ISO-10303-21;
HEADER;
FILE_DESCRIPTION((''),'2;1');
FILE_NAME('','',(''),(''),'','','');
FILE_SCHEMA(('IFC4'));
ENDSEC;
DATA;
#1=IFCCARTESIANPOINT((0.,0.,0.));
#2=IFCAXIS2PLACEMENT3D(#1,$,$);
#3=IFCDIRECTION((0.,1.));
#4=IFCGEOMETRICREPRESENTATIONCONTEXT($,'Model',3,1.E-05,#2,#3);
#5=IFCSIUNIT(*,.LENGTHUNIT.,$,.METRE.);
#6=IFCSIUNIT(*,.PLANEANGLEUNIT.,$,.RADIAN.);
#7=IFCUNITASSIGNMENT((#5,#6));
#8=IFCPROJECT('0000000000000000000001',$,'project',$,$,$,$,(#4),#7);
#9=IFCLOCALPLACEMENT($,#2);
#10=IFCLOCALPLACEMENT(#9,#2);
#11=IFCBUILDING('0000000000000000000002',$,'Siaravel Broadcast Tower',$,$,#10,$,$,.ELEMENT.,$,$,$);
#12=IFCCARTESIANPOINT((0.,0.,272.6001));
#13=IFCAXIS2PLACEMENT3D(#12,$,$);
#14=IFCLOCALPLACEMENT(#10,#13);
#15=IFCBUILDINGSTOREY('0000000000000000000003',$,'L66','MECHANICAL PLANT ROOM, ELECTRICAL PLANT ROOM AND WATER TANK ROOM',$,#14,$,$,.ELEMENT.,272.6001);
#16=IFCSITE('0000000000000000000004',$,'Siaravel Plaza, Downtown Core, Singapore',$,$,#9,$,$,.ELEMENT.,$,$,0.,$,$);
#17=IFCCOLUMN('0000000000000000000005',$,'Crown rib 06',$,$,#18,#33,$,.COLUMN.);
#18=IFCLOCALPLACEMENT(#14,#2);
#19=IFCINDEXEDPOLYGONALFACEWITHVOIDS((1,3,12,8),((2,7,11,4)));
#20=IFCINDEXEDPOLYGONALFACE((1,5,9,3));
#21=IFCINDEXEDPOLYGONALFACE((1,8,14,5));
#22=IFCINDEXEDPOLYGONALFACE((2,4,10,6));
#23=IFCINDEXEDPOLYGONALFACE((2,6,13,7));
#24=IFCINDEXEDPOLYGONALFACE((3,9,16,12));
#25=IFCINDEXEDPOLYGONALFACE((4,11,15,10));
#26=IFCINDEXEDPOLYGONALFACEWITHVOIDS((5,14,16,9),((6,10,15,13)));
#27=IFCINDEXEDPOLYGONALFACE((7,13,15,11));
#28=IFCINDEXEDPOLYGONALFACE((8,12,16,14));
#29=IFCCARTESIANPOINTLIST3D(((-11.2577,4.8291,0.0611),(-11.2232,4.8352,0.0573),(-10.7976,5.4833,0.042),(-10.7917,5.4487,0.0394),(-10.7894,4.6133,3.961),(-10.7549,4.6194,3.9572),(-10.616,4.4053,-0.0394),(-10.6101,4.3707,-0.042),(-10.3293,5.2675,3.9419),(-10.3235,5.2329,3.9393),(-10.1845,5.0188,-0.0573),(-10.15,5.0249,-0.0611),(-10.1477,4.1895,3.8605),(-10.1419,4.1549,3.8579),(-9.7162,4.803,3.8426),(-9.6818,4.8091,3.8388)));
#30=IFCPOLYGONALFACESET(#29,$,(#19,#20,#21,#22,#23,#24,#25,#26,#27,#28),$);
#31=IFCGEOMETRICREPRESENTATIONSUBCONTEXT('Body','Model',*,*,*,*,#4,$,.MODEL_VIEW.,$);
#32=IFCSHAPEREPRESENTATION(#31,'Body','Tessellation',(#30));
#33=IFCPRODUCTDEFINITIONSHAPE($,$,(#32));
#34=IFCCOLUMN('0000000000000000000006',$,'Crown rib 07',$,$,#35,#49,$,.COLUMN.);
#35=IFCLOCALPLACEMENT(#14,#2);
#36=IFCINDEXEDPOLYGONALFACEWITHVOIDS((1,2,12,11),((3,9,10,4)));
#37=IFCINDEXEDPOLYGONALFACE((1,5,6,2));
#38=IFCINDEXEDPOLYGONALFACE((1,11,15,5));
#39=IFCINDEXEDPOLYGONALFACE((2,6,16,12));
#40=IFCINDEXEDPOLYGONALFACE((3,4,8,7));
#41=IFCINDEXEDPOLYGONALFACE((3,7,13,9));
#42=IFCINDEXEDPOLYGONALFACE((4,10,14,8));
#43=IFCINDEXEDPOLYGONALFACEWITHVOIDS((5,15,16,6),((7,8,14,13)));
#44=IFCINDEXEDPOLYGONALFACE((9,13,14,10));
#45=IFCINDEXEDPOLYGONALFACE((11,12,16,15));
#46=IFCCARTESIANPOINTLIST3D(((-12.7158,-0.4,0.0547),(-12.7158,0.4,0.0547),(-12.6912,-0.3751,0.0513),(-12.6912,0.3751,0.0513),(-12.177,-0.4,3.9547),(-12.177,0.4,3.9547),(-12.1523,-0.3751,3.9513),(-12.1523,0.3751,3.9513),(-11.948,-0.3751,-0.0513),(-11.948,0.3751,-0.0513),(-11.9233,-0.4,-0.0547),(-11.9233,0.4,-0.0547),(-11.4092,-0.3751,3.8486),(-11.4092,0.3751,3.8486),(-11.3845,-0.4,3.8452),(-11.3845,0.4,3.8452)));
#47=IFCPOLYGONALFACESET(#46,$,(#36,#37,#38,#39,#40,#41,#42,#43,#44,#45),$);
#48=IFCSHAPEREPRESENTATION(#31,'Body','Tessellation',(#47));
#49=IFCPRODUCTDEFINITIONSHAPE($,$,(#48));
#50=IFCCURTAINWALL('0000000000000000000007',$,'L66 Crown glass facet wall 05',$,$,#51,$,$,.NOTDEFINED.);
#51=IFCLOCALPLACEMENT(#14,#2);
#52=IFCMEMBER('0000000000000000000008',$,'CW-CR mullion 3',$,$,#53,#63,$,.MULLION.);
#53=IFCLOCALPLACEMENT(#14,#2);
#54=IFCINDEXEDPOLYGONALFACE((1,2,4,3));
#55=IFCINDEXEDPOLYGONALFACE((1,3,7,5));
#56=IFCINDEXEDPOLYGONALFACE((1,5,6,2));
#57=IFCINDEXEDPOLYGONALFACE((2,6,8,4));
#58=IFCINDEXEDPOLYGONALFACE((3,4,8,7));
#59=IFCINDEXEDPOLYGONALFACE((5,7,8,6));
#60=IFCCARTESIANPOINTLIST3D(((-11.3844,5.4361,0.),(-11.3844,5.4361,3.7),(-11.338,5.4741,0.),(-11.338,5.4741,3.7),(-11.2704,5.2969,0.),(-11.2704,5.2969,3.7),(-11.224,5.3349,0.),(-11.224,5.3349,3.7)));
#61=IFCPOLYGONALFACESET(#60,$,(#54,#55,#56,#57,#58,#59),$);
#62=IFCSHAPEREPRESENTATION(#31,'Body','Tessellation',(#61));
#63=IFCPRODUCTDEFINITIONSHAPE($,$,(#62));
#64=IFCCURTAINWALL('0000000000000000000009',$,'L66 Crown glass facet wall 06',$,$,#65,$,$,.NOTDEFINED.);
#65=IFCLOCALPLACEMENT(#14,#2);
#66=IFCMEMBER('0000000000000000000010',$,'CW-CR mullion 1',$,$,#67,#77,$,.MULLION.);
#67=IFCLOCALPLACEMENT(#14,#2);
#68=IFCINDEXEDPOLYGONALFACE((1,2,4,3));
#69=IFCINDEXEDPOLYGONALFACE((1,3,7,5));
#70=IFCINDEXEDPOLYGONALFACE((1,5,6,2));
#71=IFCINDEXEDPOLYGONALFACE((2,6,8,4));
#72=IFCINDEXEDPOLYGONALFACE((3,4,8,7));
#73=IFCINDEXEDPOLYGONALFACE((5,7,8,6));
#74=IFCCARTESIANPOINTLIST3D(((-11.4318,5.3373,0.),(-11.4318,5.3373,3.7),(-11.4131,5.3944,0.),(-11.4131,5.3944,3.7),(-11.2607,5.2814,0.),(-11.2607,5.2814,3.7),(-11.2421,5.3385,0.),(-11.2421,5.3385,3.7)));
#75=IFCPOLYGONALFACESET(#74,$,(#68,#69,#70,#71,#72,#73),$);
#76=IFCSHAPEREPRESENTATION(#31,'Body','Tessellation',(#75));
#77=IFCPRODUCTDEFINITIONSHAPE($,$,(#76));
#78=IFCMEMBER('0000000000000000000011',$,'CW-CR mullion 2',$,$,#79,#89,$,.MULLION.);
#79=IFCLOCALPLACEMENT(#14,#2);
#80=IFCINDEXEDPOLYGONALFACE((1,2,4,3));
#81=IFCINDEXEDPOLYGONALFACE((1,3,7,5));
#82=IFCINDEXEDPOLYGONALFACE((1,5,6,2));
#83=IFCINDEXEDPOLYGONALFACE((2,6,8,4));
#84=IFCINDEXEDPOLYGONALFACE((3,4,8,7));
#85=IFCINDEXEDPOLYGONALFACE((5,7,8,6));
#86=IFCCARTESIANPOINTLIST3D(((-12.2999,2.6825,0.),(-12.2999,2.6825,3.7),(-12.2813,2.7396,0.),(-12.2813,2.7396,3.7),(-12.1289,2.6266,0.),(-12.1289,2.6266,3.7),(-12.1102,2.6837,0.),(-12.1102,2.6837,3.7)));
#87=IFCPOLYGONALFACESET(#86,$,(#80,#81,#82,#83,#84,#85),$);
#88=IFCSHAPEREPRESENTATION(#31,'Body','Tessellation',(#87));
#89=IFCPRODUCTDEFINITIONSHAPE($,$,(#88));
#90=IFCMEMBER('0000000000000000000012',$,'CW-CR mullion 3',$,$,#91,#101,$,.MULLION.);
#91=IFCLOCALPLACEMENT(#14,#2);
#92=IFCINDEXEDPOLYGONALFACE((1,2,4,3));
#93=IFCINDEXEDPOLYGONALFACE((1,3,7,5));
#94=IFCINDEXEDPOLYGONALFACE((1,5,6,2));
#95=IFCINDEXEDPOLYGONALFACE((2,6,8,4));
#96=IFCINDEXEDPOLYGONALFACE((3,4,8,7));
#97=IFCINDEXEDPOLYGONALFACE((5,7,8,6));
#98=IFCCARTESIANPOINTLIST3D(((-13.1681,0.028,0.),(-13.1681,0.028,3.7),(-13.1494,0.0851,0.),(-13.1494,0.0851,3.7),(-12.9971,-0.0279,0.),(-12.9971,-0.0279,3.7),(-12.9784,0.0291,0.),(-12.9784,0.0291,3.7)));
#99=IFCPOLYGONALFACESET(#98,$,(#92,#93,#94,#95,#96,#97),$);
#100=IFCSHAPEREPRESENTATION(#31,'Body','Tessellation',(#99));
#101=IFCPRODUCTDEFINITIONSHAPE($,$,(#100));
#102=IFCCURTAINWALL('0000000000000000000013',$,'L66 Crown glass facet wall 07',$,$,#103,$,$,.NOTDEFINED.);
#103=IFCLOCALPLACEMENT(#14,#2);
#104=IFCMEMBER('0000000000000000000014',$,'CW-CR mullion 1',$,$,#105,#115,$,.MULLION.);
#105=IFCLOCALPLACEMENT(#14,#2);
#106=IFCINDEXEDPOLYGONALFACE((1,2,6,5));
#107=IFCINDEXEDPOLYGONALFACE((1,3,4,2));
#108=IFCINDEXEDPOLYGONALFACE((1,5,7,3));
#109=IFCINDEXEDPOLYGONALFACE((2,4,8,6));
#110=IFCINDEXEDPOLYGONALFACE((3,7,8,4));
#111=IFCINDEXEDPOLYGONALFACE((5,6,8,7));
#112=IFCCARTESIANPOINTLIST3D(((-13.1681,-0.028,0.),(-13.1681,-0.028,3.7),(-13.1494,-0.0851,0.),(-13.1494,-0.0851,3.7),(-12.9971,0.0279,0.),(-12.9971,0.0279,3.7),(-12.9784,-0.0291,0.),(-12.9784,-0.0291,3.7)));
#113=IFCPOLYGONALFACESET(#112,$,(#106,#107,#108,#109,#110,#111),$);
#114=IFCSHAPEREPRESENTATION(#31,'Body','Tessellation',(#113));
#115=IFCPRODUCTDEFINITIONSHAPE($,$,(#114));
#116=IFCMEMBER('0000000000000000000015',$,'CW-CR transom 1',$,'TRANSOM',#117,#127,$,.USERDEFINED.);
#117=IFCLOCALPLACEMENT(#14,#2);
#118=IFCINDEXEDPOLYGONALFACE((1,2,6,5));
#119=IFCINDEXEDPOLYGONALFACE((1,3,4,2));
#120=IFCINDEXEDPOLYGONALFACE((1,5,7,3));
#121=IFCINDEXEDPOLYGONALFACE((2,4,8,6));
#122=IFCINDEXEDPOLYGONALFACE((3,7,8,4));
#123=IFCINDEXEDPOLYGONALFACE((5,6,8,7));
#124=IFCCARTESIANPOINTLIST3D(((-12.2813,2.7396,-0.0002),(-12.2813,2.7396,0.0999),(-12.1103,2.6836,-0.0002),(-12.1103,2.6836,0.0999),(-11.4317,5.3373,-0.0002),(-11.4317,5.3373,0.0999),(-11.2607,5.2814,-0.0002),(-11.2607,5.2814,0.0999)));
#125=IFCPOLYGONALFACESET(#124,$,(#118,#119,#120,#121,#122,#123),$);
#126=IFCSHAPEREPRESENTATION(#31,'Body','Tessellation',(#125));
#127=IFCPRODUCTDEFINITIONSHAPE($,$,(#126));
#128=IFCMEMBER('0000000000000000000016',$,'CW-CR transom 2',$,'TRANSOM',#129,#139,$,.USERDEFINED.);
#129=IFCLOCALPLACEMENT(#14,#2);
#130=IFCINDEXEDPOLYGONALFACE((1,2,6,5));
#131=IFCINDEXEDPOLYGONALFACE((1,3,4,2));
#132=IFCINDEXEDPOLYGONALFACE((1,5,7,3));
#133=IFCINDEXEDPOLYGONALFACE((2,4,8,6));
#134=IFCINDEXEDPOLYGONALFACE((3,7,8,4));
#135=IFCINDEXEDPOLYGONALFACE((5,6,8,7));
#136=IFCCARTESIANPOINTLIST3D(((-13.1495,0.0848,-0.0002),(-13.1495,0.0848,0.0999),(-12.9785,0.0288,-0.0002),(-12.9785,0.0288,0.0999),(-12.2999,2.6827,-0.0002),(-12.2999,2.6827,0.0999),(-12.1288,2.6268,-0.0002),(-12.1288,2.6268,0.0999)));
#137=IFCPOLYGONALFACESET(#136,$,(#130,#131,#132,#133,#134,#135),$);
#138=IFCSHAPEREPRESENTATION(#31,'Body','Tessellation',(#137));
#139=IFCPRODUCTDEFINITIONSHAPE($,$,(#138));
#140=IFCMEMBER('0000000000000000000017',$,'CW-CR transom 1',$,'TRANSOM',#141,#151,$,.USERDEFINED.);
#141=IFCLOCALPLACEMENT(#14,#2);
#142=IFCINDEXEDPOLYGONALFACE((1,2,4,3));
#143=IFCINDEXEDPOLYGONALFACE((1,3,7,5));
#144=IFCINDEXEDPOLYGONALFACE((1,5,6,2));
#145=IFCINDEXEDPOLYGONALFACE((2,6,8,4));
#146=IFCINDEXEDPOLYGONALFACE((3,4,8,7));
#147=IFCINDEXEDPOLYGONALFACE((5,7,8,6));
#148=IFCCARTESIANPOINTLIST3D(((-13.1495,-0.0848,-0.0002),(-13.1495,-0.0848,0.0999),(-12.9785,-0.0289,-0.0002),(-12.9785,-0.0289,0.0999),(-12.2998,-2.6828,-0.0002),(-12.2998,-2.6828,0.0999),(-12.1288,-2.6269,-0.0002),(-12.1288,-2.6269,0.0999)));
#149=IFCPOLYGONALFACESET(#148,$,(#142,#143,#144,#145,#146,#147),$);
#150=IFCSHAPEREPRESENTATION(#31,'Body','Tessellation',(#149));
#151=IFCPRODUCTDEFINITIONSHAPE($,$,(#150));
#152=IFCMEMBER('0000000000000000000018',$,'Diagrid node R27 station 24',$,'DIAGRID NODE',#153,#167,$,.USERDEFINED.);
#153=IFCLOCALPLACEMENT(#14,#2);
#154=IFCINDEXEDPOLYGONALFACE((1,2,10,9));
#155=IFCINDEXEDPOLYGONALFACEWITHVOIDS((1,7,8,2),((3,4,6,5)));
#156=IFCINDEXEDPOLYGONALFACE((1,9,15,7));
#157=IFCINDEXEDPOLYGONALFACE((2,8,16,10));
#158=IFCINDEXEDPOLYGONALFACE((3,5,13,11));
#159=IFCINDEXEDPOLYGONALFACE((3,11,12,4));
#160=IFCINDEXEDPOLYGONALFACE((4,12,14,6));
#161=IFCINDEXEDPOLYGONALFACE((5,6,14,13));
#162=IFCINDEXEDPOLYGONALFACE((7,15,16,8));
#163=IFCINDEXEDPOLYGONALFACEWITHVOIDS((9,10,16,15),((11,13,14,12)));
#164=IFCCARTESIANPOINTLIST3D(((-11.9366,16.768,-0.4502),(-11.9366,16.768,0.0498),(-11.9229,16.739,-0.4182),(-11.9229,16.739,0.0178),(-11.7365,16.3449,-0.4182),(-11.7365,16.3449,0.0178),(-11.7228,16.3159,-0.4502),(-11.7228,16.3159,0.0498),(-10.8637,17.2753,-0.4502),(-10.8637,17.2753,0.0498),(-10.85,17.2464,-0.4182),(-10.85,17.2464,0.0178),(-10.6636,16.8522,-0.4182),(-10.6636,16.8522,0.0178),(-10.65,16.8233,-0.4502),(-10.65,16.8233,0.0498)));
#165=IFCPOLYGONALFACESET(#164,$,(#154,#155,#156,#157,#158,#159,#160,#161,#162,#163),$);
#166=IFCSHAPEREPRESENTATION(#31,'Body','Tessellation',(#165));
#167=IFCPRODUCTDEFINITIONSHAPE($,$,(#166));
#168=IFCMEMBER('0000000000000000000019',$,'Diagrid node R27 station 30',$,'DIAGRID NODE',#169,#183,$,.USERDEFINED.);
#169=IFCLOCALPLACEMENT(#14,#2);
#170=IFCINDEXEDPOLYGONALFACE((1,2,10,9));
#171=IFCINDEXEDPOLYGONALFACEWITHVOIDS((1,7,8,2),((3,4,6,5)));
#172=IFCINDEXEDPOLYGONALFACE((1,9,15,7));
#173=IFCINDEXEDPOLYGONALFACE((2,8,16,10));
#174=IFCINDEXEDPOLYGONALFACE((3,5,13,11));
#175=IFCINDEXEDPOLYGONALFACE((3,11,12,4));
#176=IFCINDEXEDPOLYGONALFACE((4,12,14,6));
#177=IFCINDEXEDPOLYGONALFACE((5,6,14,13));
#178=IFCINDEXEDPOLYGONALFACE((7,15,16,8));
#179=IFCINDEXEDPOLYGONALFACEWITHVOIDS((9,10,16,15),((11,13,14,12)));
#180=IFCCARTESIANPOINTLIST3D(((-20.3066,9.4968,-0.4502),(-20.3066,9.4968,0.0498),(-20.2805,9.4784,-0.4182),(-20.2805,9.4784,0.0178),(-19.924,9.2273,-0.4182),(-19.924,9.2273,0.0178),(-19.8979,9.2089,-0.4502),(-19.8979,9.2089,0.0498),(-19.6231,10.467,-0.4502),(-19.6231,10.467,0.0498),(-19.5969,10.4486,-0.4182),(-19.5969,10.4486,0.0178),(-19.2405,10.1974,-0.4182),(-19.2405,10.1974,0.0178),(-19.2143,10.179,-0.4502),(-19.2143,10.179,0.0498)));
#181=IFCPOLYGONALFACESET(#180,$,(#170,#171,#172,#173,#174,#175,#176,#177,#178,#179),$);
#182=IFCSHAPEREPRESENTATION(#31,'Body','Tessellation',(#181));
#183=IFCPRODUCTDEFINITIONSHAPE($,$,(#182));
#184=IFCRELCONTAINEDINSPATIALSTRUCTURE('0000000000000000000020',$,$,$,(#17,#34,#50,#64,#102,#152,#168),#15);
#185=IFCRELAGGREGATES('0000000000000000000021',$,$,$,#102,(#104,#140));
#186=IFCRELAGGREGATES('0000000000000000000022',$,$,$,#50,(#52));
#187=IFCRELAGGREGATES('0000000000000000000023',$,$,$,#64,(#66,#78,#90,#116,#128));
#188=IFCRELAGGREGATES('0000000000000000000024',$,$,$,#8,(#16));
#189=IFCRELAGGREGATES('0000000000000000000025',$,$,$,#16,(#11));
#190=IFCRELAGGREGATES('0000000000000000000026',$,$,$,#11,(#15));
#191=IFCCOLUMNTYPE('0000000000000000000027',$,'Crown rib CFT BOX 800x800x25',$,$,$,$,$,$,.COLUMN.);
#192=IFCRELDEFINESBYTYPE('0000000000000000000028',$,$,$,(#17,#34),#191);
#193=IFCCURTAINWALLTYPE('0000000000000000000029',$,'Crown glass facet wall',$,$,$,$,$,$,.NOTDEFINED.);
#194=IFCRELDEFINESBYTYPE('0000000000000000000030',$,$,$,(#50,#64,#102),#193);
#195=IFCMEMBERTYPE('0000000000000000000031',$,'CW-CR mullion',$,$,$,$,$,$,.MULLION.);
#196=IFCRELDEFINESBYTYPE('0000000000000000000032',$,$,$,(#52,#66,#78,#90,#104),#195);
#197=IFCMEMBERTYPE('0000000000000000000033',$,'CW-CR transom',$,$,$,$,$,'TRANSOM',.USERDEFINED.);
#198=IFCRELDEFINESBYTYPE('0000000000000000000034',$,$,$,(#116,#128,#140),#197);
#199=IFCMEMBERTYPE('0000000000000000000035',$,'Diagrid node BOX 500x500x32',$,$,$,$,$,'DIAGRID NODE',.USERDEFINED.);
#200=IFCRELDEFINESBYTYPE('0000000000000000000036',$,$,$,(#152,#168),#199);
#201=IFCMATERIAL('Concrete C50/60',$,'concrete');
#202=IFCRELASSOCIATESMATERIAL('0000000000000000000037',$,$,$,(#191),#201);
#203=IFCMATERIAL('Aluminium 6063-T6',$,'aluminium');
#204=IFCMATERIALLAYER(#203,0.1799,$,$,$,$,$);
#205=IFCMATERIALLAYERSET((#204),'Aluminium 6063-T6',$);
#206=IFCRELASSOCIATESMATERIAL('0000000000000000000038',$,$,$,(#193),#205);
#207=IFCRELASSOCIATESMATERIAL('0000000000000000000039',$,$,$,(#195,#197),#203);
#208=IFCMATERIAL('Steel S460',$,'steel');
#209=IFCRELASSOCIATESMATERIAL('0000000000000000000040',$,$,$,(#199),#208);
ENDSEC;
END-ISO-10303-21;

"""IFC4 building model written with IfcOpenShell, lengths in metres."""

from ifc_helpers import new_model, si_unit, direction, frame, origin, origin_2d, place, context, subcontext, project, spatial, rectangle, hollow_rectangle, extrude, material, layer, layer_set, material_profile, profile_set, type_object, element, aggregate, save


model = new_model("IFC4")

# Units and contexts
model_context = context("Model", 3, precision=1e-05, world=origin(), true_north=direction((0.0, 1.0)))
body_context = subcontext(model_context, "Body", "Model", "MODEL_VIEW")
ifc_project = project(units=[si_unit("LENGTHUNIT", "METRE"), si_unit("PLANEANGLEUNIT", "RADIAN")], contexts=[model_context])

# Site, building, storey
site_placement = place(None, origin())
site = spatial("IfcSite", under=ifc_project, at=site_placement, Name="Siaravel Plaza, Downtown Core, Singapore", CompositionType="ELEMENT", RefElevation=0.0)
building_placement = place(site_placement, origin())
building = spatial("IfcBuilding", under=site, at=building_placement, Name="Siaravel Broadcast Tower", CompositionType="ELEMENT")
storey_placement = place(building_placement, frame((0.0, 0.0, 272.6001)))
storey = spatial("IfcBuildingStorey", under=building, at=storey_placement, Name="L66", Description="MECHANICAL PLANT ROOM, ELECTRICAL PLANT ROOM AND WATER TANK ROOM", CompositionType="ELEMENT", Elevation=272.6001)

# Columns
ifc_material_1 = material(Name="Concrete C50/60", Category="concrete")
ifc_material_profile_1 = material_profile(ifc_material_1, hollow_rectangle(XDim=0.8, YDim=0.8, WallThickness=0.0249, at=origin_2d()))
ifc_profile_set_1 = profile_set([ifc_material_profile_1], Name="Concrete C50/60")
column_type = type_object("IfcColumnType", Name="Crown rib CFT BOX 800x800x25", PredefinedType="COLUMN", material=ifc_profile_set_1)
column_1_placement = place(storey_placement, frame((-10.7039, 4.927, 0.0), z_axis=(0.119034, -0.054863, 0.991373), x_axis=(0.575107, 0.817732, -0.0238)))
element("IfcColumn", 1, at=column_1_placement, inside=storey, type_object=column_type, Name="Crown rib 06", PredefinedType="COLUMN", context=body_context, shape_type="SweptSolid", body=[
    extrude(hollow_rectangle(XDim=0.8, YDim=0.8, WallThickness=0.0249, at=origin_2d()), origin(), (0.0, 0.0, 1.0), 3.9338),
])
column_2_placement = place(storey_placement, frame((-12.3196, 0.0, 0.0), z_axis=(0.136862, 0.0, 0.99059), x_axis=(0.0, 1.0, 0.0)))
element("IfcColumn", 2, at=column_2_placement, inside=storey, type_object=column_type, Name="Crown rib 07", PredefinedType="COLUMN", context=body_context, shape_type="SweptSolid", body=[
    extrude(hollow_rectangle(XDim=0.8, YDim=0.8, WallThickness=0.0249, at=origin_2d()), origin(), (0.0, 0.0, 1.0), 3.937),
])

# Curtain wall, member
ifc_material_2 = material(Name="Aluminium 6063-T6", Category="aluminium")
ifc_layer_1 = layer(ifc_material_2, 0.1799)
ifc_layer_set_1 = layer_set([ifc_layer_1], Name="Aluminium 6063-T6")
curtain_wall_type = type_object("IfcCurtainWallType", Name="Crown glass facet wall", PredefinedType="NOTDEFINED", material=ifc_layer_set_1)
curtain_wall_1_placement = place(storey_placement, origin())
curtain_wall_1 = element("IfcCurtainWall", 3, at=curtain_wall_1_placement, inside=storey, type_object=curtain_wall_type, Name="L66 Crown glass facet wall 05", PredefinedType="NOTDEFINED")
ifc_material_profile_2 = material_profile(ifc_material_2, rectangle(XDim=0.1799, YDim=0.0601, at=origin_2d()))
ifc_profile_set_2 = profile_set([ifc_material_profile_2], Name="Aluminium 6063-T6")
member_type_1 = type_object("IfcMemberType", Name="CW-CR mullion", PredefinedType="MULLION", material=ifc_profile_set_2)
member_1_placement = place(storey_placement, frame((-11.3042, 5.3855, 0.0), z_axis=(0.0, 0.0, 1.0), x_axis=(0.633712, -0.773569, 0.0)))
member_1 = element("IfcMember", 4, at=member_1_placement, type_object=member_type_1, Name="CW-CR mullion 3", PredefinedType="MULLION", context=body_context, shape_type="SweptSolid", body=[
    extrude(rectangle(XDim=0.1799, YDim=0.0601, at=origin_2d()), origin(), (0.0, 0.0, 1.0), 3.7),
])

# Curtain wall, members
curtain_wall_2_placement = place(storey_placement, origin())
curtain_wall_2 = element("IfcCurtainWall", 5, at=curtain_wall_2_placement, inside=storey, type_object=curtain_wall_type, Name="L66 Crown glass facet wall 06", PredefinedType="NOTDEFINED")
member_2_placement = place(storey_placement, frame((-11.3369, 5.3379, 0.0), z_axis=(0.0, 0.0, 1.0), x_axis=(0.950455, -0.310862, 0.0)))
member_2 = element("IfcMember", 6, at=member_2_placement, type_object=member_type_1, Name="CW-CR mullion 1", PredefinedType="MULLION", context=body_context, shape_type="SweptSolid", body=[
    extrude(rectangle(XDim=0.1799, YDim=0.0601, at=origin_2d()), origin(), (0.0, 0.0, 1.0), 3.7),
])
member_3_placement = place(storey_placement, frame((-12.2051, 2.6831, 0.0), z_axis=(0.0, 0.0, 1.0), x_axis=(0.950455, -0.310862, 0.0)))
member_3 = element("IfcMember", 7, at=member_3_placement, type_object=member_type_1, Name="CW-CR mullion 2", PredefinedType="MULLION", context=body_context, shape_type="SweptSolid", body=[
    extrude(rectangle(XDim=0.1799, YDim=0.0601, at=origin_2d()), origin(), (0.0, 0.0, 1.0), 3.7),
])
member_4_placement = place(storey_placement, frame((-13.0732, 0.0286, 0.0), z_axis=(0.0, 0.0, 1.0), x_axis=(0.950455, -0.310862, 0.0)))
member_4 = element("IfcMember", 8, at=member_4_placement, type_object=member_type_1, Name="CW-CR mullion 3", PredefinedType="MULLION", context=body_context, shape_type="SweptSolid", body=[
    extrude(rectangle(XDim=0.1799, YDim=0.0601, at=origin_2d()), origin(), (0.0, 0.0, 1.0), 3.7),
])

# Curtain wall, member
curtain_wall_3_placement = place(storey_placement, origin())
curtain_wall_3 = element("IfcCurtainWall", 9, at=curtain_wall_3_placement, inside=storey, type_object=curtain_wall_type, Name="L66 Crown glass facet wall 07", PredefinedType="NOTDEFINED")
member_5_placement = place(storey_placement, frame((-13.0732, -0.0286, 0.0), z_axis=(0.0, 0.0, 1.0), x_axis=(0.950455, 0.310862, 0.0)))
member_5 = element("IfcMember", 10, at=member_5_placement, type_object=member_type_1, Name="CW-CR mullion 1", PredefinedType="MULLION", context=body_context, shape_type="SweptSolid", body=[
    extrude(rectangle(XDim=0.1799, YDim=0.0601, at=origin_2d()), origin(), (0.0, 0.0, 1.0), 3.7),
])

# Members
ifc_material_profile_3 = material_profile(ifc_material_2, rectangle(XDim=0.1799, YDim=0.1001, at=origin_2d()))
ifc_profile_set_3 = profile_set([ifc_material_profile_3], Name="Aluminium 6063-T6")
member_type_2 = type_object("IfcMemberType", Name="CW-CR transom", ElementType="TRANSOM", PredefinedType="USERDEFINED", material=ifc_profile_set_3)
member_6_placement = place(storey_placement, frame((-11.3462, 5.3093, 0.0498), z_axis=(-0.310863, -0.950455, 0.0), x_axis=(0.950455, -0.310863, 0.0)))
member_6 = element("IfcMember", 11, at=member_6_placement, type_object=member_type_2, Name="CW-CR transom 1", ObjectType="TRANSOM", PredefinedType="USERDEFINED", context=body_context, shape_type="SweptSolid", body=[
    extrude(rectangle(XDim=0.1799, YDim=0.1001, at=origin_2d()), origin(), (0.0, 0.0, 1.0), 2.7332),
])
member_7_placement = place(storey_placement, frame((-12.2144, 2.6548, 0.0498), z_axis=(-0.310837, -0.950463, 0.0), x_axis=(0.950463, -0.310837, 0.0)))
member_7 = element("IfcMember", 12, at=member_7_placement, type_object=member_type_2, Name="CW-CR transom 2", ObjectType="TRANSOM", PredefinedType="USERDEFINED", context=body_context, shape_type="SweptSolid", body=[
    extrude(rectangle(XDim=0.1799, YDim=0.1001, at=origin_2d()), origin(), (0.0, 0.0, 1.0), 2.7334),
])
member_8_placement = place(storey_placement, frame((-13.064, -0.0569, 0.0498), z_axis=(0.310837, -0.950463, 0.0), x_axis=(0.950463, 0.310837, 0.0)))
member_8 = element("IfcMember", 13, at=member_8_placement, type_object=member_type_2, Name="CW-CR transom 1", ObjectType="TRANSOM", PredefinedType="USERDEFINED", context=body_context, shape_type="SweptSolid", body=[
    extrude(rectangle(XDim=0.1799, YDim=0.1001, at=origin_2d()), origin(), (0.0, 0.0, 1.0), 2.7334),
])
aggregate(curtain_wall_3, [member_5, member_8])

# Members
ifc_material_3 = material(Name="Steel S460", Category="steel")
ifc_material_profile_4 = material_profile(ifc_material_3, hollow_rectangle(XDim=0.5, YDim=0.5, WallThickness=0.032, at=origin_2d()))
ifc_profile_set_4 = profile_set([ifc_material_profile_4], Name="Steel S460")
member_type_3 = type_object("IfcMemberType", Name="Diagrid node BOX 500x500x32", ElementType="DIAGRID NODE", PredefinedType="USERDEFINED", material=ifc_profile_set_4)
for number, where, z_axis, x_axis, name in (
    (14, (-10.7568, 17.0493, -0.2002), (-0.904006, -0.42752, 0.0), (0.42752, -0.904006, 0.0), "Diagrid node R27 station 24"),
    (15, (-19.4187, 10.323, -0.2002), (-0.575972, -0.817469, 0.0), (0.817469, -0.575972, 0.0), "Diagrid node R27 station 30"),
):
    element("IfcMember", number, at=place(storey_placement, frame(where, z_axis=z_axis, x_axis=x_axis)), inside=storey, type_object=member_type_3, Name=name, ObjectType="DIAGRID NODE", PredefinedType="USERDEFINED", context=body_context, shape_type="SweptSolid", body=[
        extrude(hollow_rectangle(XDim=0.5, YDim=0.5, WallThickness=0.032, at=origin_2d()), origin(), (0.0, 0.0, 1.0), 1.1868),
    ])

aggregate(curtain_wall_1, [member_1])
aggregate(curtain_wall_2, [member_2, member_3, member_4, member_6, member_7])

save(model, "model.ifc")
